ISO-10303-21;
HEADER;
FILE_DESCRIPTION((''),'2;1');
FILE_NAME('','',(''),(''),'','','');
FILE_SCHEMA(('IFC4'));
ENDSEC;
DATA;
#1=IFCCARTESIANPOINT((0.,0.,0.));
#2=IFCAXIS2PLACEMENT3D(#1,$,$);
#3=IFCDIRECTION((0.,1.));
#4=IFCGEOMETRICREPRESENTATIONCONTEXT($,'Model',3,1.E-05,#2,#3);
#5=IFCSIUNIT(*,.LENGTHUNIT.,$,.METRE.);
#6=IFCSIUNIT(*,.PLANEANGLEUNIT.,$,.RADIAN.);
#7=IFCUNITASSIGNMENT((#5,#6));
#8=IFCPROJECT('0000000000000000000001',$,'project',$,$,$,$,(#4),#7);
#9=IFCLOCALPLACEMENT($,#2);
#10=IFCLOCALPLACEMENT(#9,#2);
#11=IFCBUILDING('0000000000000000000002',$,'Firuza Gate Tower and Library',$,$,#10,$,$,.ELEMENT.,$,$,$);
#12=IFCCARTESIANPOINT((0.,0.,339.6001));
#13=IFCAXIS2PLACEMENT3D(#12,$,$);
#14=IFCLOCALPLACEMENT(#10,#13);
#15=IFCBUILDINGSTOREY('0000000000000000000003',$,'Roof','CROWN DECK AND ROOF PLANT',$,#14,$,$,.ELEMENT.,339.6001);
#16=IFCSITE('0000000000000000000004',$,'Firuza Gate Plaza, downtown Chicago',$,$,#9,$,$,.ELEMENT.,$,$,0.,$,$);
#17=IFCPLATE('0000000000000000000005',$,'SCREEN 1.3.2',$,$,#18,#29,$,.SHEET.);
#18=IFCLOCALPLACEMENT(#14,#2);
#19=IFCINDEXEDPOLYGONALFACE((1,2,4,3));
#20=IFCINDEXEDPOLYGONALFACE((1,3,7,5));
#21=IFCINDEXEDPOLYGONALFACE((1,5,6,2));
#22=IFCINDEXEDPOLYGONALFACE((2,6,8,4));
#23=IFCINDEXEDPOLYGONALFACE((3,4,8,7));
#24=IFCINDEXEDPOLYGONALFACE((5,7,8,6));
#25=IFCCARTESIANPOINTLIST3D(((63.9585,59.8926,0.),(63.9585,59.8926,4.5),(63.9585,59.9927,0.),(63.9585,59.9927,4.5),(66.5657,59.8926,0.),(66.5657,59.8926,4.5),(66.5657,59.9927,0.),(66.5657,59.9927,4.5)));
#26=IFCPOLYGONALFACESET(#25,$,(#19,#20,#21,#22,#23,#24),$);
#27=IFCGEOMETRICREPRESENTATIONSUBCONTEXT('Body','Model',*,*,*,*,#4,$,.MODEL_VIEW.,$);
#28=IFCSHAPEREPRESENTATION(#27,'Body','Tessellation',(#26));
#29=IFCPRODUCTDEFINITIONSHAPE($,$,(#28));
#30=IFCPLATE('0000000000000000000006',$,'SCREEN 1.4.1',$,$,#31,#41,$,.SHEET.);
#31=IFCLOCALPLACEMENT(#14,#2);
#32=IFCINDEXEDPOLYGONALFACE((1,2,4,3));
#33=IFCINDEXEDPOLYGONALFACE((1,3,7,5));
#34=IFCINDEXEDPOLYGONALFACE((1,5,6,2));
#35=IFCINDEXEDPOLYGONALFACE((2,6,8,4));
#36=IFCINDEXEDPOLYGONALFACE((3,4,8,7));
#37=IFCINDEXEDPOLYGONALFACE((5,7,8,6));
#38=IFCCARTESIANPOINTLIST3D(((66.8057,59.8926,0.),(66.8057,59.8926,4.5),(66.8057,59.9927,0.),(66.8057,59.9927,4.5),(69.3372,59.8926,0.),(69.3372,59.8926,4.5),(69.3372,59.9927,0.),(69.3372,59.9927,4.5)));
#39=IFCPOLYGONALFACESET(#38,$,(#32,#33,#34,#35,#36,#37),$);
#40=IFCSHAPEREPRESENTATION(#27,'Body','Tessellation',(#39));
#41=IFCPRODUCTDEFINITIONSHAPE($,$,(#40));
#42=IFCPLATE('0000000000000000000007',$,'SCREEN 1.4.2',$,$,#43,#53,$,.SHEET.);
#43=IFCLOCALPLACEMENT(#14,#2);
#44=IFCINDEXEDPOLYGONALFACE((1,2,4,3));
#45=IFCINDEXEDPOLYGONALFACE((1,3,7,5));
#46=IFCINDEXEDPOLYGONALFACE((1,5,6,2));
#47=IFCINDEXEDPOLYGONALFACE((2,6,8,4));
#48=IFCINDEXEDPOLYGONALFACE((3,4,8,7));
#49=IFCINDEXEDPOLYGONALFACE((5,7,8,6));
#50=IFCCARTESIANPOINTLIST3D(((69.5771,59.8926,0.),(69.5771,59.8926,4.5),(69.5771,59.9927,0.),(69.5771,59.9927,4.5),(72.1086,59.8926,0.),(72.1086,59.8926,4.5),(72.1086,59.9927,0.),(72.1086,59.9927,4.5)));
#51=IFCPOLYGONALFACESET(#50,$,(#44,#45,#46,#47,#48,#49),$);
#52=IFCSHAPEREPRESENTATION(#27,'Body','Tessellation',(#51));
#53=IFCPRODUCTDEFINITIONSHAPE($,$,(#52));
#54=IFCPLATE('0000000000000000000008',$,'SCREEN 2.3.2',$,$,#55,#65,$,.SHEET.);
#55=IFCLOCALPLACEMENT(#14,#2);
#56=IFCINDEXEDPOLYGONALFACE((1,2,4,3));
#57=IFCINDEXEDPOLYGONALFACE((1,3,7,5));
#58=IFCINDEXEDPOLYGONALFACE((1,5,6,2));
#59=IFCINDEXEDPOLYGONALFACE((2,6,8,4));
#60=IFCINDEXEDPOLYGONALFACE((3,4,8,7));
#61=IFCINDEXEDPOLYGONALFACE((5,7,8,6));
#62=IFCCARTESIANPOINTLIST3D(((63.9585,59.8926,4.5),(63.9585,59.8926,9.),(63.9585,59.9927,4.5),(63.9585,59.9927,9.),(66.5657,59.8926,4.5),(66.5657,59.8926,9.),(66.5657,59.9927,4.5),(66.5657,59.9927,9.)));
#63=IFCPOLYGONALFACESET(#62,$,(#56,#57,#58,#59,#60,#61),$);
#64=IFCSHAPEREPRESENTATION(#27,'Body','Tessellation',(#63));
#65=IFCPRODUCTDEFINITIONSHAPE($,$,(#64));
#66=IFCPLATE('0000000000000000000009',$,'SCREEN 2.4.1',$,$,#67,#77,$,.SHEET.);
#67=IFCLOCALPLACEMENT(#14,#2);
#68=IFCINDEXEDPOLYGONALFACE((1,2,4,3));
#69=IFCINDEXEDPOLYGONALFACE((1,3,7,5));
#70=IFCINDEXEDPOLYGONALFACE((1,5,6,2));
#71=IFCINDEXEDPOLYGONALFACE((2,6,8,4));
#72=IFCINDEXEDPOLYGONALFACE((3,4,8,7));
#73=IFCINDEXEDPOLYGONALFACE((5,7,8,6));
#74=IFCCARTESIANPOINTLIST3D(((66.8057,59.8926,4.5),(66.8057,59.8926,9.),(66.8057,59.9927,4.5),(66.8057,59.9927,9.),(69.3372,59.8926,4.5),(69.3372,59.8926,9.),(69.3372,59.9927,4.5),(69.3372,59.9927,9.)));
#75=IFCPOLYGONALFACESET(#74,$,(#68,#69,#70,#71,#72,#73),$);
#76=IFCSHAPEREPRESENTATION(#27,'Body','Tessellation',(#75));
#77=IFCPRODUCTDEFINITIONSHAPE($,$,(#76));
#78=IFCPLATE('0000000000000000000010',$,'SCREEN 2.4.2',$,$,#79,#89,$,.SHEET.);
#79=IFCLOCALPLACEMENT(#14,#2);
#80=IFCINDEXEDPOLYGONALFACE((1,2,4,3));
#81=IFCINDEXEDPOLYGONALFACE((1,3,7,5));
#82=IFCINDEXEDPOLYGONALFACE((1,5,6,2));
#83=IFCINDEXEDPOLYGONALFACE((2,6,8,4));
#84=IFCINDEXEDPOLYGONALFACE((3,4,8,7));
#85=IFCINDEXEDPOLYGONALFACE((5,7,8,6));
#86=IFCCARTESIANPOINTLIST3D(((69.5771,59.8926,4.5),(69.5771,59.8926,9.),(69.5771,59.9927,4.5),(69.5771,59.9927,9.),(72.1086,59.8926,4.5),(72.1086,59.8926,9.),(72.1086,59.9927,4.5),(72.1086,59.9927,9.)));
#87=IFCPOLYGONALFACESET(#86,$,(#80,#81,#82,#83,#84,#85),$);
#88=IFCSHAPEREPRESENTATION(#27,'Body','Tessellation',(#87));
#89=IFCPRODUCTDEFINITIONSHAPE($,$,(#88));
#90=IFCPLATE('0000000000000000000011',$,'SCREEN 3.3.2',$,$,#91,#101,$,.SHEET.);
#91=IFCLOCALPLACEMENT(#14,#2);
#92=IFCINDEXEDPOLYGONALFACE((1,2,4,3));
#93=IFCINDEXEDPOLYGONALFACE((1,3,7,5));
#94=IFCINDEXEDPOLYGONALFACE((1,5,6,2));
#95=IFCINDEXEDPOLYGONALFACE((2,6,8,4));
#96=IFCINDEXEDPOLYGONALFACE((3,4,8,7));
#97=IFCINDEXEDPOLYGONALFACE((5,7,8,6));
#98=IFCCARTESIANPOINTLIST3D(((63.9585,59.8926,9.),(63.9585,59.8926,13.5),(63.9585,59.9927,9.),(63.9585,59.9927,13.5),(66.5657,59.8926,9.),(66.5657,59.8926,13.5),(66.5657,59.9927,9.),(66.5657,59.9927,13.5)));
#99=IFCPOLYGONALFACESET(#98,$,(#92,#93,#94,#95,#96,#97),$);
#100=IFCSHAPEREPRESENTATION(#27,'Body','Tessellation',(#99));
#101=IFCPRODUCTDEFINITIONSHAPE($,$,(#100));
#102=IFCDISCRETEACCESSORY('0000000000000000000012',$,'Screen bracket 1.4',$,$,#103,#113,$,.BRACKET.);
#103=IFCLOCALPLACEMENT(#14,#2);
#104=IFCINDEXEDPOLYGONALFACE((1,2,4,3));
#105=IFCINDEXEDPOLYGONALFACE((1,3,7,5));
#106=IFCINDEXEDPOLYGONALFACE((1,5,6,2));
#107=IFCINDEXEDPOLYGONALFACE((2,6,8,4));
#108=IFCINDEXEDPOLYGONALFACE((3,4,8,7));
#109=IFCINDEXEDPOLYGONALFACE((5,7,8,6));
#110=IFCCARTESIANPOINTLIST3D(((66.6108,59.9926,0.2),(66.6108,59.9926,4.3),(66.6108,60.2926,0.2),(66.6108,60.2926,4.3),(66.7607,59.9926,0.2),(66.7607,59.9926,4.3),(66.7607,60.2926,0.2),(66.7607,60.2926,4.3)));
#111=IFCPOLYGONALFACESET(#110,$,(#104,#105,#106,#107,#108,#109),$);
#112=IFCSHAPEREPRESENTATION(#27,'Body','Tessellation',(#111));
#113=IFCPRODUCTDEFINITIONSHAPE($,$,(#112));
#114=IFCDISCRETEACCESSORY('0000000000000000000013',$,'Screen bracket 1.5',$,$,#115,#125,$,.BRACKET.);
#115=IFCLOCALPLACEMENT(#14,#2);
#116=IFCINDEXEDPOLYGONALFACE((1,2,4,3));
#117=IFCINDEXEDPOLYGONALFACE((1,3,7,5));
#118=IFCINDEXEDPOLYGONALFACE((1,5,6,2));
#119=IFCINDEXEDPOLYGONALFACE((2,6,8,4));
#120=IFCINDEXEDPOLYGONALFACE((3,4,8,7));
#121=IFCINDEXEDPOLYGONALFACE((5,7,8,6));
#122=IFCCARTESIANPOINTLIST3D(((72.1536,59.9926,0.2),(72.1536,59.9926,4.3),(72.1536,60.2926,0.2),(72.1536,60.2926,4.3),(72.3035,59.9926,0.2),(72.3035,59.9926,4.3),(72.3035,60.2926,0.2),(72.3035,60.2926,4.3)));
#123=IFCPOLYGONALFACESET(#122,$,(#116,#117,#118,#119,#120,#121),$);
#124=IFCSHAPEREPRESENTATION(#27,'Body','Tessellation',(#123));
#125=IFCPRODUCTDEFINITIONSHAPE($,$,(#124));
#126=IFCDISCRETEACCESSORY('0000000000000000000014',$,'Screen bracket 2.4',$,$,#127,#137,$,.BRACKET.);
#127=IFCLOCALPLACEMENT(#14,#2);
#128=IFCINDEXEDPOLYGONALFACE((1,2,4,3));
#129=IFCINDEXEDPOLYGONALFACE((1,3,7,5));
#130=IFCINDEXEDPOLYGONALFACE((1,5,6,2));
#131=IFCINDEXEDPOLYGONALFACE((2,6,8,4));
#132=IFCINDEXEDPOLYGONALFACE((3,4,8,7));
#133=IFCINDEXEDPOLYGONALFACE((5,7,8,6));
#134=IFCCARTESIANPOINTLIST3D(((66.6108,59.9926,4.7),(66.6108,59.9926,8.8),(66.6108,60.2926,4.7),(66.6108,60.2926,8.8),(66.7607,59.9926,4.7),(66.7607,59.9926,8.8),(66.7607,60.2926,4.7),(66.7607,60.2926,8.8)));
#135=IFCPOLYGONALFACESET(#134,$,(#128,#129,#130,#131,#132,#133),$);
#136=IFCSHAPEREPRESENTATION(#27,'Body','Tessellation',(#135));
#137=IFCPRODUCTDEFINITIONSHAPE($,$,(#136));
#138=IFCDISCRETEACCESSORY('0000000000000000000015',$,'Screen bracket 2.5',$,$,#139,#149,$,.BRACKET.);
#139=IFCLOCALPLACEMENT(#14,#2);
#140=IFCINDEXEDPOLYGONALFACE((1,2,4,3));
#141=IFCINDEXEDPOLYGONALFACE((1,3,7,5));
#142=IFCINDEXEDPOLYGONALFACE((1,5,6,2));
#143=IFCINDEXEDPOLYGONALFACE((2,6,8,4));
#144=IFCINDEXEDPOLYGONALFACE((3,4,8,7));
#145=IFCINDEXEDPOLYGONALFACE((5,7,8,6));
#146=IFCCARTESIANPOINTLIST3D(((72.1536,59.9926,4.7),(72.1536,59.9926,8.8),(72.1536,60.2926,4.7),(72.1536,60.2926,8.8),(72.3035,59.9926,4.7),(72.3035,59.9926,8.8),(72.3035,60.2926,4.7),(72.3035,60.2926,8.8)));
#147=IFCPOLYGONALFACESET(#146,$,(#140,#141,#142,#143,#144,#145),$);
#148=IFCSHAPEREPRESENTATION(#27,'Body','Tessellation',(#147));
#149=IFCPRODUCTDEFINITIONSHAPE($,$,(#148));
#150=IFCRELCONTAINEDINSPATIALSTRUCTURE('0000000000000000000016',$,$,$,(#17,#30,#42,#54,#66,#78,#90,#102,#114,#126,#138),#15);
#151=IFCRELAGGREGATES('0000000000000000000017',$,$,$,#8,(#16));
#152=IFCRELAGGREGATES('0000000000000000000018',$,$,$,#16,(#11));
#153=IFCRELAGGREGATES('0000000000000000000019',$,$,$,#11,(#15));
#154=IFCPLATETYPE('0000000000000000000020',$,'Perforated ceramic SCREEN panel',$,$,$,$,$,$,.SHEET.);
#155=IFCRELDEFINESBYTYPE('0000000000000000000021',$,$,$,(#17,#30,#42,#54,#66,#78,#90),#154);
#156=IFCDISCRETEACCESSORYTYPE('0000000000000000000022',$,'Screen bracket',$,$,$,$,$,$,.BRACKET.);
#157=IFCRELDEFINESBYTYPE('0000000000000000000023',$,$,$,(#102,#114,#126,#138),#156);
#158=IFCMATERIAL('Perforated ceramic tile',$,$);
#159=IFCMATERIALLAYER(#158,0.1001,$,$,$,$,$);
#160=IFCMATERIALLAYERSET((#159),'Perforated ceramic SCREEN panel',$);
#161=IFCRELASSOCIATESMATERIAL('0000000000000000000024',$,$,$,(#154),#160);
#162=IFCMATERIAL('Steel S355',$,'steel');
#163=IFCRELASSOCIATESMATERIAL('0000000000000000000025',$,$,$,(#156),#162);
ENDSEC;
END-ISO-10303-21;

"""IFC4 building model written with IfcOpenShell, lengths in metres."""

from ifc_helpers import new_model, si_unit, direction, frame, origin, origin_2d, place, context, subcontext, project, spatial, polyline, rectangle, outline, extrude, material, layer, layer_set, type_object, element, save


model = new_model("IFC4")

# Units and contexts
model_context = context("Model", 3, precision=1e-05, world=origin(), true_north=direction((0.0, 1.0)))
body_context = subcontext(model_context, "Body", "Model", "MODEL_VIEW")
ifc_project = project(units=[si_unit("LENGTHUNIT", "METRE"), si_unit("PLANEANGLEUNIT", "RADIAN")], contexts=[model_context])

# Site, building, storey
site_placement = place(None, origin())
site = spatial("IfcSite", under=ifc_project, at=site_placement, Name="Firuza Gate Plaza, downtown Chicago", CompositionType="ELEMENT", RefElevation=0.0)
building_placement = place(site_placement, origin())
building = spatial("IfcBuilding", under=site, at=building_placement, Name="Firuza Gate Tower and Library", CompositionType="ELEMENT")
storey_placement = place(building_placement, frame((0.0, 0.0, 339.6001)))
storey = spatial("IfcBuildingStorey", under=building, at=storey_placement, Name="Roof", Description="CROWN DECK AND ROOF PLANT", CompositionType="ELEMENT", Elevation=339.6001)

# Plates
ifc_material_1 = material(Name="Perforated ceramic tile")
ifc_layer = layer(ifc_material_1, 0.1001)
ifc_layer_set = layer_set([ifc_layer], Name="Perforated ceramic SCREEN panel")
plate_type = type_object("IfcPlateType", Name="Perforated ceramic SCREEN panel", PredefinedType="SHEET", material=ifc_layer_set)
plate_1_placement = place(storey_placement, frame((63.9585, 59.8926, 0.0), z_axis=(0.0, -1.0, 0.0), x_axis=(1.0, 0.0, 0.0)))
element("IfcPlate", 1, at=plate_1_placement, inside=storey, type_object=plate_type, Name="SCREEN 1.3.2", PredefinedType="SHEET", context=body_context, shape_type="SweptSolid", body=[
    extrude(outline(polyline([(0.0, 0.0), (2.6072, 0.0), (2.6072, 4.5), (0.0, 4.5), (0.0, 0.0)])), origin(), (0.0, 0.0, -1.0), 0.1001),
])
for number, where, z_axis, x_axis, name in (
    (2, (66.8057, 59.8926, 0.0), (0.0, -1.0, 0.0), (1.0, 0.0, 0.0), "SCREEN 1.4.1"),
    (3, (69.5771, 59.8926, 0.0), (0.0, -1.0, 0.0), (1.0, 0.0, 0.0), "SCREEN 1.4.2"),
):
    element("IfcPlate", number, at=place(storey_placement, frame(where, z_axis=z_axis, x_axis=x_axis)), inside=storey, type_object=plate_type, Name=name, PredefinedType="SHEET", context=body_context, shape_type="SweptSolid", body=[
        extrude(outline(polyline([(0.0, 0.0), (2.5315, 0.0), (2.5315, 4.5), (0.0, 4.5), (0.0, 0.0)])), origin(), (0.0, 0.0, -1.0), 0.1001),
    ])
plate_2_placement = place(storey_placement, frame((63.9585, 59.8926, 4.5), z_axis=(0.0, -1.0, 0.0), x_axis=(1.0, 0.0, 0.0)))
element("IfcPlate", 4, at=plate_2_placement, inside=storey, type_object=plate_type, Name="SCREEN 2.3.2", PredefinedType="SHEET", context=body_context, shape_type="SweptSolid", body=[
    extrude(outline(polyline([(0.0, 0.0), (2.6072, 0.0), (2.6072, 4.5), (0.0, 4.5), (0.0, 0.0)])), origin(), (0.0, 0.0, -1.0), 0.1001),
])
for number, where, z_axis, x_axis, name in (
    (5, (66.8057, 59.8926, 4.5), (0.0, -1.0, 0.0), (1.0, 0.0, 0.0), "SCREEN 2.4.1"),
    (6, (69.5771, 59.8926, 4.5), (0.0, -1.0, 0.0), (1.0, 0.0, 0.0), "SCREEN 2.4.2"),
):
    element("IfcPlate", number, at=place(storey_placement, frame(where, z_axis=z_axis, x_axis=x_axis)), inside=storey, type_object=plate_type, Name=name, PredefinedType="SHEET", context=body_context, shape_type="SweptSolid", body=[
        extrude(outline(polyline([(0.0, 0.0), (2.5315, 0.0), (2.5315, 4.5), (0.0, 4.5), (0.0, 0.0)])), origin(), (0.0, 0.0, -1.0), 0.1001),
    ])
plate_3_placement = place(storey_placement, frame((63.9585, 59.8926, 9.0), z_axis=(0.0, -1.0, 0.0), x_axis=(1.0, 0.0, 0.0)))
element("IfcPlate", 7, at=plate_3_placement, inside=storey, type_object=plate_type, Name="SCREEN 3.3.2", PredefinedType="SHEET", context=body_context, shape_type="SweptSolid", body=[
    extrude(outline(polyline([(0.0, 0.0), (2.6072, 0.0), (2.6072, 4.5), (0.0, 4.5), (0.0, 0.0)])), origin(), (0.0, 0.0, -1.0), 0.1001),
])

# Discrete accessories
ifc_material_2 = material(Name="Steel S355", Category="steel")
discrete_accessory_type = type_object("IfcDiscreteAccessoryType", Name="Screen bracket", PredefinedType="BRACKET", material=ifc_material_2)
for number, where, z_axis, x_axis, name in (
    (8, (66.6858, 60.1426, 0.2), (0.0, 0.0, 1.0), (0.0, -1.0, 0.0), "Screen bracket 1.4"),
    (9, (72.2285, 60.1426, 0.2), (0.0, 0.0, 1.0), (0.0, -1.0, 0.0), "Screen bracket 1.5"),
    (10, (66.6858, 60.1426, 4.7), (0.0, 0.0, 1.0), (0.0, -1.0, 0.0), "Screen bracket 2.4"),
    (11, (72.2285, 60.1426, 4.7), (0.0, 0.0, 1.0), (0.0, -1.0, 0.0), "Screen bracket 2.5"),
):
    element("IfcDiscreteAccessory", number, at=place(storey_placement, frame(where, z_axis=z_axis, x_axis=x_axis)), inside=storey, type_object=discrete_accessory_type, Name=name, PredefinedType="BRACKET", context=body_context, shape_type="SweptSolid", body=[
        extrude(rectangle(XDim=0.3, YDim=0.1499, at=origin_2d()), origin(), (0.0, 0.0, 1.0), 4.1001),
    ])

save(model, "model.ifc")
